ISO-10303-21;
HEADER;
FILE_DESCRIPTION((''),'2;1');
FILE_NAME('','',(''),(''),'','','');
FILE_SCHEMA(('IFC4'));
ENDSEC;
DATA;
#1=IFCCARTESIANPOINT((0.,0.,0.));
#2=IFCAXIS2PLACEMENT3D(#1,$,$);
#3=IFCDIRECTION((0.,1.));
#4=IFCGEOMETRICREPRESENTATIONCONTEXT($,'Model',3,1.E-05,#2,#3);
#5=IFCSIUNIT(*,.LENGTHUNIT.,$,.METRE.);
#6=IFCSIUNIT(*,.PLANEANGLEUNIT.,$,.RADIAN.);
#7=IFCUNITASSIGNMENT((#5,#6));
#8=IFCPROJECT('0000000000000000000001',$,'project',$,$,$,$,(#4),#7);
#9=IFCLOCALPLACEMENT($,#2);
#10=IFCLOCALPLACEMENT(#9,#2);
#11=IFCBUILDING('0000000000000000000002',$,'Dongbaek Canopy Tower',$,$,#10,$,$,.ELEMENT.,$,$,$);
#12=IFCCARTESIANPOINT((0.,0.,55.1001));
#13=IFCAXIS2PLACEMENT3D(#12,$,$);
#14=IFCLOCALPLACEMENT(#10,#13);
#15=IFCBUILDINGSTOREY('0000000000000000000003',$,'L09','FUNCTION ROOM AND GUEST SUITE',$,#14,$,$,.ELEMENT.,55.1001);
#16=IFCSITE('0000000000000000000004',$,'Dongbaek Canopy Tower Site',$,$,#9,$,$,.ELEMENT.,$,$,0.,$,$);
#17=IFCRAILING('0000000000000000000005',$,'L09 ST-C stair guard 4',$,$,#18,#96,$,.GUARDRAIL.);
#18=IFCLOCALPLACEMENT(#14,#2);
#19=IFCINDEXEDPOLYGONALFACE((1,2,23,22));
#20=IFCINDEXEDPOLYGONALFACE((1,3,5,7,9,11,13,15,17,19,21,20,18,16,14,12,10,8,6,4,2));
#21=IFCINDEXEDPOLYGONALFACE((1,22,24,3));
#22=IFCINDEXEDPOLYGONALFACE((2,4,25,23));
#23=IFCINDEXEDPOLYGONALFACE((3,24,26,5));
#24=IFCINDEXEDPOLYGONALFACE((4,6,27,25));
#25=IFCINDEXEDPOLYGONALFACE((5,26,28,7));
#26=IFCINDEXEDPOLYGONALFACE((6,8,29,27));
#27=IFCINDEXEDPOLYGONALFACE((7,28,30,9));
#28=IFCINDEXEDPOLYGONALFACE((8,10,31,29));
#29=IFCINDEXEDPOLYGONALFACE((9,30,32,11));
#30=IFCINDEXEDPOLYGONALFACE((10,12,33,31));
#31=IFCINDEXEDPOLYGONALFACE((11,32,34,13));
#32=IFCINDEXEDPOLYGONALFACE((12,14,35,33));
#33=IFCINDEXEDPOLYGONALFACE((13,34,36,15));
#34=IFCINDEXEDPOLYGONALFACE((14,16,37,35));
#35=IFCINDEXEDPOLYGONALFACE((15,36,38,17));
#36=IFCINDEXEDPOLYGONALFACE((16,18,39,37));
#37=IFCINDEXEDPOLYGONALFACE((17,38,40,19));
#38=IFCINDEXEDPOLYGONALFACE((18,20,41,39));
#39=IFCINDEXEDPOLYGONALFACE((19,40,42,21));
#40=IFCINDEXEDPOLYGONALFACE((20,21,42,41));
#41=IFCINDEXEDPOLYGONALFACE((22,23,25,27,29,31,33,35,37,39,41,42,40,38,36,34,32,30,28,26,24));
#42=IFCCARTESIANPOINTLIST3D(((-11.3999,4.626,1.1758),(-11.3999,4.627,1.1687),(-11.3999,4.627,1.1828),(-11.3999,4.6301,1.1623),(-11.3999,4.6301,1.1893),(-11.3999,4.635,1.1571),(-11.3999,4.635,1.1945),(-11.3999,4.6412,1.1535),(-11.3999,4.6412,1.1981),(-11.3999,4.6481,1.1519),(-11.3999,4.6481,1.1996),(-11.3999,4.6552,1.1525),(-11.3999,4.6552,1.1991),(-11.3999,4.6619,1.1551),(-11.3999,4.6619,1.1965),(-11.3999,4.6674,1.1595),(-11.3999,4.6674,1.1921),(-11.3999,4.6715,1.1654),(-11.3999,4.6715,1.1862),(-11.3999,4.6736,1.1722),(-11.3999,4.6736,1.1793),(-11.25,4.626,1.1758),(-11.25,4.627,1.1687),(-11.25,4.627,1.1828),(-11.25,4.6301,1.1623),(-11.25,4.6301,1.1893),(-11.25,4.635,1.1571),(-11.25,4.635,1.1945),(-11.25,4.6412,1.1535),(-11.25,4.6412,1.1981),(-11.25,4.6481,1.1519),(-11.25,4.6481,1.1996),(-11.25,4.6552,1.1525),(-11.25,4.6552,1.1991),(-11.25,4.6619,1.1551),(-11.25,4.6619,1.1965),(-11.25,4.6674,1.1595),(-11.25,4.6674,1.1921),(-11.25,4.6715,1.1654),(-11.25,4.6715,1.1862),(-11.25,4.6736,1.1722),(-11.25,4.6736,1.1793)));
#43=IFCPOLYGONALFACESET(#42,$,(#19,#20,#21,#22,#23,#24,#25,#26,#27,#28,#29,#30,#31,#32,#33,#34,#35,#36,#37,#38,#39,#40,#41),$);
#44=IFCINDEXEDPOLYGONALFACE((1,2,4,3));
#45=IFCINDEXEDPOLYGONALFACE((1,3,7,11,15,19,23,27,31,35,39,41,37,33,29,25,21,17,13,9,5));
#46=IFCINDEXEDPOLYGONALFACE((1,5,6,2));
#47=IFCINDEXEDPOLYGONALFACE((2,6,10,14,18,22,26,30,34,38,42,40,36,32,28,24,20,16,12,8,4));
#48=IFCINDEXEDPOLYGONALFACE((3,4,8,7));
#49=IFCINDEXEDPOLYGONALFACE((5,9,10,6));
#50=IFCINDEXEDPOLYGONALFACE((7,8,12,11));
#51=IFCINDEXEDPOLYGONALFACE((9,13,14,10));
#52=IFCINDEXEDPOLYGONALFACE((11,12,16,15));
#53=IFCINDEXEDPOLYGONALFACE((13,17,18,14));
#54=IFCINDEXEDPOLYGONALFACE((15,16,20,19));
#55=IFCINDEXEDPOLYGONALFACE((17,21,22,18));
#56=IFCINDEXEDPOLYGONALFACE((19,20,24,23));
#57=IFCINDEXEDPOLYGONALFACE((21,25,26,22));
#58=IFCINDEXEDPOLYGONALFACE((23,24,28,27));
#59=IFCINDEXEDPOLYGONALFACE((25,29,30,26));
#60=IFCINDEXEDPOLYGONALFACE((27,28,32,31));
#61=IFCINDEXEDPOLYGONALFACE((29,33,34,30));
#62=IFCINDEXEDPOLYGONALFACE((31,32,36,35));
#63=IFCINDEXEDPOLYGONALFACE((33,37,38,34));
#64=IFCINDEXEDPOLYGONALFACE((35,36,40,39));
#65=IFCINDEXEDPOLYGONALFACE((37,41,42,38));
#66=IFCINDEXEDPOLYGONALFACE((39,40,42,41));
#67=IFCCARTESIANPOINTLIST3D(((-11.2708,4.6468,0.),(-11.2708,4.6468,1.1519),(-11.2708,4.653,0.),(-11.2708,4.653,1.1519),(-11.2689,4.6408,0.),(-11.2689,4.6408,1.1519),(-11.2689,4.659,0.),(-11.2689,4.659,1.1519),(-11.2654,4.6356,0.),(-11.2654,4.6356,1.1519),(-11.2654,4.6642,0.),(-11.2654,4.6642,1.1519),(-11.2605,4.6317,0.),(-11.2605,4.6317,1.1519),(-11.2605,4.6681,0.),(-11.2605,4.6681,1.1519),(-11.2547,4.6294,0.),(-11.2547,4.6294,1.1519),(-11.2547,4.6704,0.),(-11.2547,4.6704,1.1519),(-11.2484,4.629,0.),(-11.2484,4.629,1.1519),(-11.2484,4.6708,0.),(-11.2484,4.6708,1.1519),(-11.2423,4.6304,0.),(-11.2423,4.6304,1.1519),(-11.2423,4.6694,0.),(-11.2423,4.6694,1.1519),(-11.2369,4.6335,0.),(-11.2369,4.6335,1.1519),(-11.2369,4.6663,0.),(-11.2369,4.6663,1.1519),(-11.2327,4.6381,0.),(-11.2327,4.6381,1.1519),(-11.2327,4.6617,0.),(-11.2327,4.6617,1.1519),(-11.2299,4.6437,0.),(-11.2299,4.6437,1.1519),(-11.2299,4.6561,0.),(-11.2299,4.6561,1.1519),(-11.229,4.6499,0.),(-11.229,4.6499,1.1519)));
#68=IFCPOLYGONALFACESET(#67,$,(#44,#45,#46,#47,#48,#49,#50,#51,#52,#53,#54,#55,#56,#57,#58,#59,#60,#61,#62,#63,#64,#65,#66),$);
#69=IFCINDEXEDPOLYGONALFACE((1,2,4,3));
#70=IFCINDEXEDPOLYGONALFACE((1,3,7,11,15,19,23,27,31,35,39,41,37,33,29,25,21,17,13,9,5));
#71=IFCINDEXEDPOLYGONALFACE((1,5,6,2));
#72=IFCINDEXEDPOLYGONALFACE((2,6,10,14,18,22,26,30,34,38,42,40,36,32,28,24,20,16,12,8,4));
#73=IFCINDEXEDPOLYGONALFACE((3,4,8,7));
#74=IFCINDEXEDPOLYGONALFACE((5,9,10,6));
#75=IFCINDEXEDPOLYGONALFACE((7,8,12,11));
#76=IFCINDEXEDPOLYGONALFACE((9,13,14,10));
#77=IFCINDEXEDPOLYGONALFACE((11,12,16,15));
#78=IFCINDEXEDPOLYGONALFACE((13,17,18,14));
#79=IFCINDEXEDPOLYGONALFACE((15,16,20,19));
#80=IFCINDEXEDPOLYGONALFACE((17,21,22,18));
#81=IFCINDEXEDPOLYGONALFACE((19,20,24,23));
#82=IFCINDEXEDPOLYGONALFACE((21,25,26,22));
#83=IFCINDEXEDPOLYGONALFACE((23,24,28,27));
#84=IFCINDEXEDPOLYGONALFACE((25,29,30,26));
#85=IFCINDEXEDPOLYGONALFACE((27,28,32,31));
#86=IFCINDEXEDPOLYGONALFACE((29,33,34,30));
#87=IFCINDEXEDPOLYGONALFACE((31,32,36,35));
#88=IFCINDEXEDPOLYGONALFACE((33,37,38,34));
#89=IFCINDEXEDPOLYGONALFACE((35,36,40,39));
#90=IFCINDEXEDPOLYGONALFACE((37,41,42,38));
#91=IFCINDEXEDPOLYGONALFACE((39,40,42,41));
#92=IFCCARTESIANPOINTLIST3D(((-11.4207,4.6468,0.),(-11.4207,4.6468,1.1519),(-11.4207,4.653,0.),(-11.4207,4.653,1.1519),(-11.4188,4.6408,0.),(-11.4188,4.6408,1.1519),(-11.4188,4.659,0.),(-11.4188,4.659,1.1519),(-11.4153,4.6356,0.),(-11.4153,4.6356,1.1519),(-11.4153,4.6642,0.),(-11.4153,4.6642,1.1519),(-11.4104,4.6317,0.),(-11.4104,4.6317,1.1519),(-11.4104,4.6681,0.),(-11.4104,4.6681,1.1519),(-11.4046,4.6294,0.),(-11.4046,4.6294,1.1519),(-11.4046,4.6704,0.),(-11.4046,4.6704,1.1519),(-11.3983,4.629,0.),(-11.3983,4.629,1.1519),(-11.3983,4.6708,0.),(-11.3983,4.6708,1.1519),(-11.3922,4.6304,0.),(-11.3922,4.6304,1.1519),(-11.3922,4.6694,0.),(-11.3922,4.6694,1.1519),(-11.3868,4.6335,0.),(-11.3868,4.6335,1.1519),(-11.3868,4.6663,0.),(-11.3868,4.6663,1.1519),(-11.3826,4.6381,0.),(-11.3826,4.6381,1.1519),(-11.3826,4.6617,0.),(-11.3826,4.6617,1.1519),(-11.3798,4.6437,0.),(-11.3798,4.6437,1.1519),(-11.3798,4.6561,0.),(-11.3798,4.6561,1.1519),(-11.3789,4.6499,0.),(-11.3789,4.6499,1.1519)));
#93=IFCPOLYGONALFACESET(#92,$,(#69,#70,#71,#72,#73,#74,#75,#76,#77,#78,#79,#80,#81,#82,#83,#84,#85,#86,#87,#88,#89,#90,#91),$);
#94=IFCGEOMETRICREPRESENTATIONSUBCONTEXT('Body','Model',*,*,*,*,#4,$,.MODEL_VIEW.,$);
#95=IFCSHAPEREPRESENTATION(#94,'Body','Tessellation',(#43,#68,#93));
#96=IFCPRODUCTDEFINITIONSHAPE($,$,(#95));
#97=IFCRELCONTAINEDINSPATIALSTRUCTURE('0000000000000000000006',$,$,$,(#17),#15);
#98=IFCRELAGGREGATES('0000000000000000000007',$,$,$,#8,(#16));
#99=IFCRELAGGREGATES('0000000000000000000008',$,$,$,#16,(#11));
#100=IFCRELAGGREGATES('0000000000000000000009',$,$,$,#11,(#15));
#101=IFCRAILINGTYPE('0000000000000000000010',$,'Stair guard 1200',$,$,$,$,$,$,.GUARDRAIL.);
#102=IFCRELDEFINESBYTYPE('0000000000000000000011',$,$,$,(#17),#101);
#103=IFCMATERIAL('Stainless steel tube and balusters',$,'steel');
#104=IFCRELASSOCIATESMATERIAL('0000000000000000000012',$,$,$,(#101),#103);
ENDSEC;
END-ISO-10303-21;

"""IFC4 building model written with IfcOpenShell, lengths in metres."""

from ifc_helpers import new_model, si_unit, direction, frame, origin, origin_2d, place, context, subcontext, project, spatial, circle, extrude, material, type_object, element, save


model = new_model("IFC4")

# Units and contexts
model_context = context("Model", 3, precision=1e-05, world=origin(), true_north=direction((0.0, 1.0)))
body_context = subcontext(model_context, "Body", "Model", "MODEL_VIEW")
ifc_project = project(units=[si_unit("LENGTHUNIT", "METRE"), si_unit("PLANEANGLEUNIT", "RADIAN")], contexts=[model_context])

# Site, building, storey
site_placement = place(None, origin())
site = spatial("IfcSite", under=ifc_project, at=site_placement, Name="Dongbaek Canopy Tower Site", CompositionType="ELEMENT", RefElevation=0.0)
building_placement = place(site_placement, origin())
building = spatial("IfcBuilding", under=site, at=building_placement, Name="Dongbaek Canopy Tower", CompositionType="ELEMENT")
storey_placement = place(building_placement, frame((0.0, 0.0, 55.1001)))
storey = spatial("IfcBuildingStorey", under=building, at=storey_placement, Name="L09", Description="FUNCTION ROOM AND GUEST SUITE", CompositionType="ELEMENT", Elevation=55.1001)

# Railing
ifc_material_1 = material(Name="Stainless steel tube and balusters", Category="steel")
railing_type_1 = type_object("IfcRailingType", Name="Stair guard 1200", PredefinedType="GUARDRAIL", material=ifc_material_1)
railing_1_placement = place(storey_placement, frame((-11.25, 4.6499, 0.0)))
element("IfcRailing", 1, at=railing_1_placement, inside=storey, type_object=railing_type_1, Name="L09 ST-C stair guard 4", PredefinedType="GUARDRAIL", context=body_context, shape_type="SweptSolid", body=[
    extrude(circle(Radius=0.0239, at=origin_2d()), frame((0.0, 0.0, 1.1758), z_axis=(-1.0, 0.0, 0.0), x_axis=(0.0, -1.0, 0.0)), (0.0, 0.0, 1.0), 0.1499),
    extrude(circle(Radius=0.021, at=origin_2d()), origin(), (0.0, 0.0, 1.0), 1.1519),
    extrude(circle(Radius=0.021, at=origin_2d()), frame((-0.1499, 0.0, 0.0)), (0.0, 0.0, 1.0), 1.1519),
])

save(model, "model.ifc")
